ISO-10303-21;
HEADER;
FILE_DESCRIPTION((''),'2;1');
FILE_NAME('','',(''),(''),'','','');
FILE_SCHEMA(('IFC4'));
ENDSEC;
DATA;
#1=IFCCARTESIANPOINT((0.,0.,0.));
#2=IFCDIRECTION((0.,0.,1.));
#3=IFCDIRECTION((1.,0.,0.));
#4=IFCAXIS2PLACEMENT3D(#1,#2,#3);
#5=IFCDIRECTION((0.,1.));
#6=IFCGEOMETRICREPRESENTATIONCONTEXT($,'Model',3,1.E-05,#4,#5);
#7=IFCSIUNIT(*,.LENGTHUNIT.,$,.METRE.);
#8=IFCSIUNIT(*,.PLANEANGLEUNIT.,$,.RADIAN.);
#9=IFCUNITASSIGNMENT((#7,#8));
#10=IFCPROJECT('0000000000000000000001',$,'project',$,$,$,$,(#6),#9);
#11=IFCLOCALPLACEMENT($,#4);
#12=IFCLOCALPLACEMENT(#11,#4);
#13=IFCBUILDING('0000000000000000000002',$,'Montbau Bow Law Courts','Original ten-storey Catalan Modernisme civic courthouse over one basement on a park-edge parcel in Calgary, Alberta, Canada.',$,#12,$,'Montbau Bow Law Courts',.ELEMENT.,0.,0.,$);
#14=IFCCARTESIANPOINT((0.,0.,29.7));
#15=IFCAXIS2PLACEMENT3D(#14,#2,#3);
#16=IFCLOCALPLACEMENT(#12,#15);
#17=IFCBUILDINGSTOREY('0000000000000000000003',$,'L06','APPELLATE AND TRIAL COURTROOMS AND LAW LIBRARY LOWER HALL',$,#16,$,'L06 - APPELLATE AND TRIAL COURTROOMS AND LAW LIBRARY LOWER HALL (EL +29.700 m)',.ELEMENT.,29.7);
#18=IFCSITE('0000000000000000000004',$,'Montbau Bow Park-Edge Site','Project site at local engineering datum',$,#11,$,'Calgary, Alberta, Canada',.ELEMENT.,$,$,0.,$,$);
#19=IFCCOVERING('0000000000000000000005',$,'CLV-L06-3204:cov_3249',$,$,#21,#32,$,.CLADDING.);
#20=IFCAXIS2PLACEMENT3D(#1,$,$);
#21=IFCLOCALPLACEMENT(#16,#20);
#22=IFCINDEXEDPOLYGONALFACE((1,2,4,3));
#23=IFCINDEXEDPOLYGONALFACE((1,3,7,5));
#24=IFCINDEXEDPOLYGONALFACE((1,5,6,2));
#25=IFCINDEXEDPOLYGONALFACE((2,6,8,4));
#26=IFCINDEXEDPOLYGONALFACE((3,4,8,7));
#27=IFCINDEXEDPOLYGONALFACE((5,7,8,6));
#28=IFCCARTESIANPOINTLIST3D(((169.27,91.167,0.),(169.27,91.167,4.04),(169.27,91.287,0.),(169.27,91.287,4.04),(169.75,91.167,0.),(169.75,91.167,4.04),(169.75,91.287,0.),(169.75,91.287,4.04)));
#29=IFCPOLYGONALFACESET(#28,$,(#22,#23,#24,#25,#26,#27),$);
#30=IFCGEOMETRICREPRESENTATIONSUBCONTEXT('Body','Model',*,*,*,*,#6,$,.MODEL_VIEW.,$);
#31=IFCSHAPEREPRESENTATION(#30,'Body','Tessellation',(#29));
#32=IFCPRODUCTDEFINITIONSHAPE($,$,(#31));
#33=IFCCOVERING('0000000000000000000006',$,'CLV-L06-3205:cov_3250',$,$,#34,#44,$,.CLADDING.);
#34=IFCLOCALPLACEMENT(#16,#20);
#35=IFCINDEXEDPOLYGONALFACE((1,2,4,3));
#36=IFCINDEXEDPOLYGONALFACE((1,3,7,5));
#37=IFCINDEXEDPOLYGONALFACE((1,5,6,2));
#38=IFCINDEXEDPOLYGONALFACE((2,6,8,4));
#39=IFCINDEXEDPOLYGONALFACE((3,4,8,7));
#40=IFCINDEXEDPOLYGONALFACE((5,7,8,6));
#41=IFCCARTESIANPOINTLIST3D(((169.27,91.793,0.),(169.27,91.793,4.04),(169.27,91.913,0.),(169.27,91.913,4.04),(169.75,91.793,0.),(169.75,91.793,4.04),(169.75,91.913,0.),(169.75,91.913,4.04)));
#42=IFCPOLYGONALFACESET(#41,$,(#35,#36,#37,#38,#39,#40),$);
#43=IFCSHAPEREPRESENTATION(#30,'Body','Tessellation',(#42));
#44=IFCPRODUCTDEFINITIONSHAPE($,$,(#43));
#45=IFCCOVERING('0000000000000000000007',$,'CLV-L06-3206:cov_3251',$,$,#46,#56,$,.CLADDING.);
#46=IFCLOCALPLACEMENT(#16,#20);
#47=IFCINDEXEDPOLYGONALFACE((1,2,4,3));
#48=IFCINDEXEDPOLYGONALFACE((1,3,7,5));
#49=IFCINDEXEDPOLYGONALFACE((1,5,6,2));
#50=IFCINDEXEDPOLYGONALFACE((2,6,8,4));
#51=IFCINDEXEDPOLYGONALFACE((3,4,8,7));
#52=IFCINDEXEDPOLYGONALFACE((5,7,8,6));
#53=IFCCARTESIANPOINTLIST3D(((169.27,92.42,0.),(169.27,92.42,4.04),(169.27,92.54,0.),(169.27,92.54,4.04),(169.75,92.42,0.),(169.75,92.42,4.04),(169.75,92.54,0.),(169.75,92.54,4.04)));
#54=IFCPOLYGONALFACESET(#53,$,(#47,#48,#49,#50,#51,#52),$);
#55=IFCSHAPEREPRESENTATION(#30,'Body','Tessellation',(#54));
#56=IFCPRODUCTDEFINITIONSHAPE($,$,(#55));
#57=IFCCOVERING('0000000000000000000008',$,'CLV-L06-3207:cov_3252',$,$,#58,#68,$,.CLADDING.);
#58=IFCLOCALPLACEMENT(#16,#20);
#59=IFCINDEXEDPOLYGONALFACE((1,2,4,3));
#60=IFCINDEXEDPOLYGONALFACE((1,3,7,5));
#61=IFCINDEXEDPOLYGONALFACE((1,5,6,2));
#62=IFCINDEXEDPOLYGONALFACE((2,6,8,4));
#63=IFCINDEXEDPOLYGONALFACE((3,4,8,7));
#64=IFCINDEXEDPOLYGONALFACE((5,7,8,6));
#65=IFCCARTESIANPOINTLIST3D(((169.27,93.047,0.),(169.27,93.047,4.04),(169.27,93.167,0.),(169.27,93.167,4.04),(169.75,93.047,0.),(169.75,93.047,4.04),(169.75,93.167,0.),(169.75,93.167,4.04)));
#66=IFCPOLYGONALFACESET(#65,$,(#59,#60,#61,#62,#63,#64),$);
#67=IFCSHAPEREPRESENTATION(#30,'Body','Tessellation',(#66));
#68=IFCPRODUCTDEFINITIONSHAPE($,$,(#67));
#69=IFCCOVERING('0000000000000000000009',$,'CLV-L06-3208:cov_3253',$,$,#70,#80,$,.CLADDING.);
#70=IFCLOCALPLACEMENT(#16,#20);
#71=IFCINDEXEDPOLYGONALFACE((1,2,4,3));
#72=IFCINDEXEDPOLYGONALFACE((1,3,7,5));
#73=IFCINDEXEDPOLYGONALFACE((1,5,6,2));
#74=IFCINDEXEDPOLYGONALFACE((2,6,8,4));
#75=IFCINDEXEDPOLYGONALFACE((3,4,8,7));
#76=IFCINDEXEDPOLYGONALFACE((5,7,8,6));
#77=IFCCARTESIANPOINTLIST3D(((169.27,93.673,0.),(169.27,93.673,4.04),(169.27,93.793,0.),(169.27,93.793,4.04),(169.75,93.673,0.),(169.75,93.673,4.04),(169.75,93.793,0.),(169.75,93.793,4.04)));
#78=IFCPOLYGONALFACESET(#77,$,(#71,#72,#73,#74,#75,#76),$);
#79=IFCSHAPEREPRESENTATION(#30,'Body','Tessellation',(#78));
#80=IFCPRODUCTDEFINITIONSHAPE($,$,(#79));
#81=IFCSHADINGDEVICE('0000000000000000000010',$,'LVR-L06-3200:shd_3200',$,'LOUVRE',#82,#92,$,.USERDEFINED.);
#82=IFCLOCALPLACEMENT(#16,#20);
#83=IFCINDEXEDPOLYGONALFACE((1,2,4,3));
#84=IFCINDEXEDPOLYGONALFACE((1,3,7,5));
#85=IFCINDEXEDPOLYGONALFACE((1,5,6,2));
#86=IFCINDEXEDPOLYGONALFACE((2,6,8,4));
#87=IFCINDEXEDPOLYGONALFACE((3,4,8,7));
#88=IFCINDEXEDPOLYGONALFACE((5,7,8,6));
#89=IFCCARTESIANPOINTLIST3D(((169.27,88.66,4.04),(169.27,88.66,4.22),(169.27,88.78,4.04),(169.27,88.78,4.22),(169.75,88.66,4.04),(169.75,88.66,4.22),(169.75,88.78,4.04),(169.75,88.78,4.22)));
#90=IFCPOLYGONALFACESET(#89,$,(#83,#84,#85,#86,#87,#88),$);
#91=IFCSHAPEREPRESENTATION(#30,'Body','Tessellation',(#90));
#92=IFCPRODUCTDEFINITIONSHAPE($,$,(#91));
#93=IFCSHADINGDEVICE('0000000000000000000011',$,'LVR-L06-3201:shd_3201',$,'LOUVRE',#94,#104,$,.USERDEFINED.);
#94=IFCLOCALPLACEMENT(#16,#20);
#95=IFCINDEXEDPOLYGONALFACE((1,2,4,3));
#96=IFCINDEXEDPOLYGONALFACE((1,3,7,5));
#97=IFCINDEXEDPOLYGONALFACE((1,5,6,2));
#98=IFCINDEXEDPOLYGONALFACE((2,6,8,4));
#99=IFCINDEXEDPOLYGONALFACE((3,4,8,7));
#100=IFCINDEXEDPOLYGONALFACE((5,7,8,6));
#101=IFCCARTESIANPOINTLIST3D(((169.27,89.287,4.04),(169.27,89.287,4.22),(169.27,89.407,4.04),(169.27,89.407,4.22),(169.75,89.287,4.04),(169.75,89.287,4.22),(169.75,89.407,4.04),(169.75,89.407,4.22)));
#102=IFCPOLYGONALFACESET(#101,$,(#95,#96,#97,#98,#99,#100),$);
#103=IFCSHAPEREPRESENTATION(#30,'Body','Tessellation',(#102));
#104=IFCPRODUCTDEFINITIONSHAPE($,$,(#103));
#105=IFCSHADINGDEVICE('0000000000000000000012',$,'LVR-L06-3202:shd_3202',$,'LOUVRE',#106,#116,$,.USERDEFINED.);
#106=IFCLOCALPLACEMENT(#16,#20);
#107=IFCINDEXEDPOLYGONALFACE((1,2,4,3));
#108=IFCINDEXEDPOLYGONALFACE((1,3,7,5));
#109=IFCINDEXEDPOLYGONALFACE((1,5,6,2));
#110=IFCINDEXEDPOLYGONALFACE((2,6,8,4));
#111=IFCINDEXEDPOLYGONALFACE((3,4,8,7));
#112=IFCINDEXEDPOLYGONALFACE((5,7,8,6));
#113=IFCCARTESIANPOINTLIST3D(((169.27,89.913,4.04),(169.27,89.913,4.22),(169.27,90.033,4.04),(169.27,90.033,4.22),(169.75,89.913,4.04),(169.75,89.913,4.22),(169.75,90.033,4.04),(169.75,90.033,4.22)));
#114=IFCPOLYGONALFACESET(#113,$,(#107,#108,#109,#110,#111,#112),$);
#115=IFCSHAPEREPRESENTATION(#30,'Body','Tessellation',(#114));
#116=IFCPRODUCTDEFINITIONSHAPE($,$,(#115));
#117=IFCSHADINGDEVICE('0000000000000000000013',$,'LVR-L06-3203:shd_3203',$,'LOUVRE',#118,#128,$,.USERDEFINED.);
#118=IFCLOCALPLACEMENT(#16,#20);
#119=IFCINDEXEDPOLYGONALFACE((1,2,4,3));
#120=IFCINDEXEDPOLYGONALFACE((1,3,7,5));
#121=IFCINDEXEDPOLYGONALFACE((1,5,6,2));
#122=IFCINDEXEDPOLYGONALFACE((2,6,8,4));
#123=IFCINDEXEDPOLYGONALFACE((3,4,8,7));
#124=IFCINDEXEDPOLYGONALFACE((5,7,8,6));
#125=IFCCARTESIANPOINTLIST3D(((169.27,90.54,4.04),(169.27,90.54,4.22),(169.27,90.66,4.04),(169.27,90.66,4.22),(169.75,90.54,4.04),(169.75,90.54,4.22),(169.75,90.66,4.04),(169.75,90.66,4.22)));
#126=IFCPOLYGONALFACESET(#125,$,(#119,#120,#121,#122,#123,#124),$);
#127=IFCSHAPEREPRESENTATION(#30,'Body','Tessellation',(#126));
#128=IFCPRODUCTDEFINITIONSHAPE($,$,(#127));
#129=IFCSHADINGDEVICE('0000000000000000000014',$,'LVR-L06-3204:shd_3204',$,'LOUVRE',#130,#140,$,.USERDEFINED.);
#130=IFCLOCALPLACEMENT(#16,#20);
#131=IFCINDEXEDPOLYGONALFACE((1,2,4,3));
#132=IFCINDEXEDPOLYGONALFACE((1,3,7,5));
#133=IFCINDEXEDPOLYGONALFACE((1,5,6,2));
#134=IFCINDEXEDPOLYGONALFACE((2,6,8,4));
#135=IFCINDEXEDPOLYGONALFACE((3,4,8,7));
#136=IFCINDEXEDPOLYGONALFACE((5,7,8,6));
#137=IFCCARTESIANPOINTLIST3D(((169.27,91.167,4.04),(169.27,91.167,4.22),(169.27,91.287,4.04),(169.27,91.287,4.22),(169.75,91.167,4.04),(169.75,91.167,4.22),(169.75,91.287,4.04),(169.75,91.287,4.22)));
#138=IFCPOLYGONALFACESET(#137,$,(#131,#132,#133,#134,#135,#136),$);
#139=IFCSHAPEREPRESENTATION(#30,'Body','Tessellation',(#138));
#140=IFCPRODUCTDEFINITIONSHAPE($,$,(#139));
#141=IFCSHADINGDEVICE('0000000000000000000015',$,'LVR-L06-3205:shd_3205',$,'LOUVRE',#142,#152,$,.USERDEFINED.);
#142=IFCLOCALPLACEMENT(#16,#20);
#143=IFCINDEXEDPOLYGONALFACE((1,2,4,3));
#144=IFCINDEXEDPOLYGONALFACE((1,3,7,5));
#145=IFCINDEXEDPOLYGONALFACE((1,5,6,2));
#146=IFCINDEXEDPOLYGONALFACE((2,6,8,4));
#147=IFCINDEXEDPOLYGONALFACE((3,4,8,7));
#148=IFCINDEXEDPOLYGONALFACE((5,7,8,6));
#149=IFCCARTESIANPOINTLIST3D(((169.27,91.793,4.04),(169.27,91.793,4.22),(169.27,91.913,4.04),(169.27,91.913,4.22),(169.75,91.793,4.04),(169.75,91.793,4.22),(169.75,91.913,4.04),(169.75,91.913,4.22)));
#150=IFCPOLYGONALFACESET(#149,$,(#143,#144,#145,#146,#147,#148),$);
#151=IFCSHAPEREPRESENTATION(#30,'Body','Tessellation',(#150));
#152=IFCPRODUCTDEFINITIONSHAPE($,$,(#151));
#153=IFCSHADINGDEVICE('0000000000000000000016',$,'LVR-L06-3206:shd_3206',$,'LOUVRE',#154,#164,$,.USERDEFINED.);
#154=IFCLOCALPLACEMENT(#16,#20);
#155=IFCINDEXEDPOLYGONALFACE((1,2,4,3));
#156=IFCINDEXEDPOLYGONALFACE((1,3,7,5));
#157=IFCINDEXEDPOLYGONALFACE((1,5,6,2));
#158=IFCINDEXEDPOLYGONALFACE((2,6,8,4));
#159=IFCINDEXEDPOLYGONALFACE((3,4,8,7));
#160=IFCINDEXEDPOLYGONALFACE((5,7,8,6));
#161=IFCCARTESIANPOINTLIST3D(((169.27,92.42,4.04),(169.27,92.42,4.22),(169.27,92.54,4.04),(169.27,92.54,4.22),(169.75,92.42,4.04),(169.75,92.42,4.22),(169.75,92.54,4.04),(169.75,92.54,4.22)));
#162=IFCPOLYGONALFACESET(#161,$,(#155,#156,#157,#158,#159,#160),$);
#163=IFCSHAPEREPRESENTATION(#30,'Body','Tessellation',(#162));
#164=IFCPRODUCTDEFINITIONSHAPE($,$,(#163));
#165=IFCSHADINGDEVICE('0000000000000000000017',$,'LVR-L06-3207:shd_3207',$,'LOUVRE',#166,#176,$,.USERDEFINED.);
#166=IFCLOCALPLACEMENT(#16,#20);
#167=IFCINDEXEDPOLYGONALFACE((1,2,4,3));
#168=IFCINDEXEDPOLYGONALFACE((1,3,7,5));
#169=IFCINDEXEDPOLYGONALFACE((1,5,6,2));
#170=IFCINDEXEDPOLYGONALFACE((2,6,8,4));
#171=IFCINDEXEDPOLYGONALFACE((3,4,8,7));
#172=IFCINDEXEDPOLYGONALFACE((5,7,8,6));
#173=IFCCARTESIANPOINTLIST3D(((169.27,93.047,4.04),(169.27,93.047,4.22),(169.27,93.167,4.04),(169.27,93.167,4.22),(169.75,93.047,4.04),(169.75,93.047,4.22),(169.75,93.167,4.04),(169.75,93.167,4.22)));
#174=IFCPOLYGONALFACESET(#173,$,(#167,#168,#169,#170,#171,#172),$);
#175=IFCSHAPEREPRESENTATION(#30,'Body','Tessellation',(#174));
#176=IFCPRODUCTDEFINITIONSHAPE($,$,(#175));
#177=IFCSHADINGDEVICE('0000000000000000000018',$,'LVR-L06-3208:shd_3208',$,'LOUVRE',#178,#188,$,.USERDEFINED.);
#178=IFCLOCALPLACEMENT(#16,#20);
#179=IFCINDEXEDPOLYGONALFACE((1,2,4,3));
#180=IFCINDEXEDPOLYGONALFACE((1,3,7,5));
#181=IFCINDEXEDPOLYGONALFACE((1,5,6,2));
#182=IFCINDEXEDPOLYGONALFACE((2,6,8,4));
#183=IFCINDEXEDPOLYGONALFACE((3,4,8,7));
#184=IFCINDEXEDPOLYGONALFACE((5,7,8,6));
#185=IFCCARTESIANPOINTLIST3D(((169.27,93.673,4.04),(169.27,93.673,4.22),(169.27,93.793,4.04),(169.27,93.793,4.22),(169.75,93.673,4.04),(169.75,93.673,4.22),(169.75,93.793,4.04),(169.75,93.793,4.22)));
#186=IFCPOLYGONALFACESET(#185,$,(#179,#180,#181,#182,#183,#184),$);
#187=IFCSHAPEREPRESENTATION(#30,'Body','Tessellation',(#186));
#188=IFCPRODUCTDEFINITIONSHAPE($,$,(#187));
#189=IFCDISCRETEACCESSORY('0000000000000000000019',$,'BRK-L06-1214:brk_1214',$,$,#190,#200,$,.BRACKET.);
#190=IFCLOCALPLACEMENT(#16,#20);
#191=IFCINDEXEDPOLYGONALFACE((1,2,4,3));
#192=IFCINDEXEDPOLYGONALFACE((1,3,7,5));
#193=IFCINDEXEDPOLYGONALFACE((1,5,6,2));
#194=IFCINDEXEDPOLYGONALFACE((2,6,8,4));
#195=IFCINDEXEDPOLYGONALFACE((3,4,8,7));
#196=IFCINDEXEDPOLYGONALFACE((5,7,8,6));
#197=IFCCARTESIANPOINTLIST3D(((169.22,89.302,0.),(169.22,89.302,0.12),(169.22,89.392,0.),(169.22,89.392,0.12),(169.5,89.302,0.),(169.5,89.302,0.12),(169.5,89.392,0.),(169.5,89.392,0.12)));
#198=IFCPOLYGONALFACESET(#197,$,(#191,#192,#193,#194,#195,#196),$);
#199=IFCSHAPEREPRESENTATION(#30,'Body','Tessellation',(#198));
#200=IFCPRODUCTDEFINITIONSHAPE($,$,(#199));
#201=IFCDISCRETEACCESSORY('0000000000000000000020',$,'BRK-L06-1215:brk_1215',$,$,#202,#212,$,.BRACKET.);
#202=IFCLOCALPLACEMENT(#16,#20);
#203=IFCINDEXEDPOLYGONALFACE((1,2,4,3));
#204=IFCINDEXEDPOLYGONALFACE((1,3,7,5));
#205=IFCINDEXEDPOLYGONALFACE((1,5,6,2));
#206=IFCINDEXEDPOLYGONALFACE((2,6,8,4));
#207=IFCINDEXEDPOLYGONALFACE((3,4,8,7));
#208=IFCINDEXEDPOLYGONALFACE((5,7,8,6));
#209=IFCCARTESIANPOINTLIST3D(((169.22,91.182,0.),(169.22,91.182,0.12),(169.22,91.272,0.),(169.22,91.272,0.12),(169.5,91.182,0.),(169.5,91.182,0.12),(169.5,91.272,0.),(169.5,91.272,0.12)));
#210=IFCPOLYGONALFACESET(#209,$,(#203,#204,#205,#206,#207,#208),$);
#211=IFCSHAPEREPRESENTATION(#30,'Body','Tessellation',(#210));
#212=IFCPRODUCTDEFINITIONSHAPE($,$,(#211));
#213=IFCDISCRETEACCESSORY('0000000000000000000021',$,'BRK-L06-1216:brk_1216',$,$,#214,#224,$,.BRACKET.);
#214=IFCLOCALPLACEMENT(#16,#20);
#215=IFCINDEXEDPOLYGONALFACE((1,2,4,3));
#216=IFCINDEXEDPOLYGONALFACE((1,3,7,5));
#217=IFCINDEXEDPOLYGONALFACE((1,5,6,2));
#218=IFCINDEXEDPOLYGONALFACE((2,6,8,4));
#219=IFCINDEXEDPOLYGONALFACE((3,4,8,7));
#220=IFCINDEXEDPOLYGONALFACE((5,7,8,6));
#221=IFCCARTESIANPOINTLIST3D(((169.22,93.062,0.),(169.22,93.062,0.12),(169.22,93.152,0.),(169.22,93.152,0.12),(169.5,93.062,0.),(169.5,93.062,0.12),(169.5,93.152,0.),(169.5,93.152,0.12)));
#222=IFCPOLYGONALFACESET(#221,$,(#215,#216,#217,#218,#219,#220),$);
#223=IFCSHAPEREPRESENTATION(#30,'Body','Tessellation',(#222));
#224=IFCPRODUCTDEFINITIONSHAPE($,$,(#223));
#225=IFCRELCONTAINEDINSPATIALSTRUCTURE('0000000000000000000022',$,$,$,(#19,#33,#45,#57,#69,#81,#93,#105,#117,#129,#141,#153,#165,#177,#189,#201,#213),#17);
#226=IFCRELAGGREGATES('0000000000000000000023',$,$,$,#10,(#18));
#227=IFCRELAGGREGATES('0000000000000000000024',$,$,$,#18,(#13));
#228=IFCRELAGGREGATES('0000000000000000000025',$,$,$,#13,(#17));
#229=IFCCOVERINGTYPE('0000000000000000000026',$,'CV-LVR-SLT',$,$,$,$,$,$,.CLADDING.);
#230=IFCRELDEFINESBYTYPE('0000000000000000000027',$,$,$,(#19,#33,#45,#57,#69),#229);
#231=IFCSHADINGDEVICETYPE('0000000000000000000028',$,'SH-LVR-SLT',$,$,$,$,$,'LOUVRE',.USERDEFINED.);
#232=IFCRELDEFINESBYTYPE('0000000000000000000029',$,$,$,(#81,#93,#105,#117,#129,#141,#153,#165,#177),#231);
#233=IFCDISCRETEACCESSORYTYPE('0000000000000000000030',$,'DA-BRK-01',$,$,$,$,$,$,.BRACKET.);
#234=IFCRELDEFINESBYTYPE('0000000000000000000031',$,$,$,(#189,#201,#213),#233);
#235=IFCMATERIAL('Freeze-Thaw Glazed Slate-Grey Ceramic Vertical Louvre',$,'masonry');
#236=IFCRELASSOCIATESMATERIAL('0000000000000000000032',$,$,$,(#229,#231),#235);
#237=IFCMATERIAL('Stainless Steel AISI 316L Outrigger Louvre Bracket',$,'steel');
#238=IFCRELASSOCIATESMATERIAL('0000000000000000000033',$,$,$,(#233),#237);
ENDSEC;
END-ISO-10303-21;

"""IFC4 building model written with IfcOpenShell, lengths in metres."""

from ifc_helpers import new_model, si_unit, direction, frame, frame_2d, origin_with_axes, origin_2d_with_axis, place, context, subcontext, project, spatial, rectangle, extrude, material, type_object, element, save


model = new_model("IFC4")

# Units and contexts
model_context = context("Model", 3, precision=1e-05, world=origin_with_axes(), true_north=direction((0.0, 1.0)))
body_context = subcontext(model_context, "Body", "Model", "MODEL_VIEW")
ifc_project = project(units=[si_unit("LENGTHUNIT", "METRE"), si_unit("PLANEANGLEUNIT", "RADIAN")], contexts=[model_context])

# Site, building, storey
site_placement = place(None, origin_with_axes())
site = spatial("IfcSite", under=ifc_project, at=site_placement, Name="Montbau Bow Park-Edge Site", Description="Project site at local engineering datum", LongName="Calgary, Alberta, Canada", CompositionType="ELEMENT", RefElevation=0.0)
building_placement = place(site_placement, origin_with_axes())
building = spatial("IfcBuilding", under=site, at=building_placement, Name="Montbau Bow Law Courts", Description="Original ten-storey Catalan Modernisme civic courthouse over one basement on a park-edge parcel in Calgary, Alberta, Canada.", LongName="Montbau Bow Law Courts", CompositionType="ELEMENT", ElevationOfRefHeight=0.0, ElevationOfTerrain=0.0)
storey_placement = place(building_placement, frame((0.0, 0.0, 29.7), z_axis=(0.0, 0.0, 1.0), x_axis=(1.0, 0.0, 0.0)))
storey = spatial("IfcBuildingStorey", under=building, at=storey_placement, Name="L06", Description="APPELLATE AND TRIAL COURTROOMS AND LAW LIBRARY LOWER HALL", LongName="L06 - APPELLATE AND TRIAL COURTROOMS AND LAW LIBRARY LOWER HALL (EL +29.700 m)", CompositionType="ELEMENT", Elevation=29.7)

# Coverings
ifc_material_1 = material(Name="Freeze-Thaw Glazed Slate-Grey Ceramic Vertical Louvre", Category="masonry")
covering_type = type_object("IfcCoveringType", Name="CV-LVR-SLT", PredefinedType="CLADDING", material=ifc_material_1)
for number, where, z_axis, x_axis, name in (
    (1, (169.27, 91.227, 29.7), (0.0, -1.0, 0.0), (1.0, 0.0, 0.0), "CLV-L06-3204:cov_3249"),
    (2, (169.27, 91.853, 29.7), (0.0, -1.0, 0.0), (1.0, 0.0, 0.0), "CLV-L06-3205:cov_3250"),
    (3, (169.27, 92.48, 29.7), (0.0, -1.0, 0.0), (1.0, 0.0, 0.0), "CLV-L06-3206:cov_3251"),
    (4, (169.27, 93.107, 29.7), (0.0, -1.0, 0.0), (1.0, 0.0, 0.0), "CLV-L06-3207:cov_3252"),
    (5, (169.27, 93.733, 29.7), (0.0, -1.0, 0.0), (1.0, 0.0, 0.0), "CLV-L06-3208:cov_3253"),
):
    element("IfcCovering", number, at=place(None, frame(where, z_axis=z_axis, x_axis=x_axis)), inside=storey, type_object=covering_type, Name=name, PredefinedType="CLADDING", context=body_context, shape_type="SweptSolid", body=[
        extrude(rectangle(XDim=0.48, YDim=4.04, at=frame_2d((0.24, 2.02), x_axis=(1.0, 0.0))), frame((0.0, 0.0, -0.06), z_axis=(0.0, 0.0, 1.0), x_axis=(1.0, 0.0, 0.0)), (0.0, 0.0, 1.0), 0.12),
    ])

# Shading devices
shading_device_type = type_object("IfcShadingDeviceType", Name="SH-LVR-SLT", ElementType="LOUVRE", PredefinedType="USERDEFINED", material=ifc_material_1)
for number, where, z_axis, x_axis, name in (
    (6, (169.51, 88.72, 33.74), (0.0, 0.0, 1.0), (1.0, 0.0, 0.0), "LVR-L06-3200:shd_3200"),
    (7, (169.51, 89.347, 33.74), (0.0, 0.0, 1.0), (1.0, 0.0, 0.0), "LVR-L06-3201:shd_3201"),
    (8, (169.51, 89.973, 33.74), (0.0, 0.0, 1.0), (1.0, 0.0, 0.0), "LVR-L06-3202:shd_3202"),
    (9, (169.51, 90.6, 33.74), (0.0, 0.0, 1.0), (1.0, 0.0, 0.0), "LVR-L06-3203:shd_3203"),
    (10, (169.51, 91.227, 33.74), (0.0, 0.0, 1.0), (1.0, 0.0, 0.0), "LVR-L06-3204:shd_3204"),
    (11, (169.51, 91.853, 33.74), (0.0, 0.0, 1.0), (1.0, 0.0, 0.0), "LVR-L06-3205:shd_3205"),
    (12, (169.51, 92.48, 33.74), (0.0, 0.0, 1.0), (1.0, 0.0, 0.0), "LVR-L06-3206:shd_3206"),
    (13, (169.51, 93.107, 33.74), (0.0, 0.0, 1.0), (1.0, 0.0, 0.0), "LVR-L06-3207:shd_3207"),
    (14, (169.51, 93.733, 33.74), (0.0, 0.0, 1.0), (1.0, 0.0, 0.0), "LVR-L06-3208:shd_3208"),
):
    element("IfcShadingDevice", number, at=place(None, frame(where, z_axis=z_axis, x_axis=x_axis)), inside=storey, type_object=shading_device_type, Name=name, ObjectType="LOUVRE", PredefinedType="USERDEFINED", context=body_context, shape_type="SweptSolid", body=[
        extrude(rectangle(XDim=0.48, YDim=0.12, at=origin_2d_with_axis()), origin_with_axes(), (0.0, 0.0, 1.0), 0.18),
    ])

# Discrete accessories
ifc_material_2 = material(Name="Stainless Steel AISI 316L Outrigger Louvre Bracket", Category="steel")
discrete_accessory_type = type_object("IfcDiscreteAccessoryType", Name="DA-BRK-01", PredefinedType="BRACKET", material=ifc_material_2)
for number, where, z_axis, x_axis, name in (
    (15, (169.36, 89.347, 29.7), (0.0, 0.0, 1.0), (1.0, 0.0, 0.0), "BRK-L06-1214:brk_1214"),
    (16, (169.36, 91.227, 29.7), (0.0, 0.0, 1.0), (1.0, 0.0, 0.0), "BRK-L06-1215:brk_1215"),
    (17, (169.36, 93.107, 29.7), (0.0, 0.0, 1.0), (1.0, 0.0, 0.0), "BRK-L06-1216:brk_1216"),
):
    element("IfcDiscreteAccessory", number, at=place(None, frame(where, z_axis=z_axis, x_axis=x_axis)), inside=storey, type_object=discrete_accessory_type, Name=name, PredefinedType="BRACKET", context=body_context, shape_type="SweptSolid", body=[
        extrude(rectangle(XDim=0.28, YDim=0.09, at=origin_2d_with_axis()), origin_with_axes(), (0.0, 0.0, 1.0), 0.12),
    ])

save(model, "model.ifc")
